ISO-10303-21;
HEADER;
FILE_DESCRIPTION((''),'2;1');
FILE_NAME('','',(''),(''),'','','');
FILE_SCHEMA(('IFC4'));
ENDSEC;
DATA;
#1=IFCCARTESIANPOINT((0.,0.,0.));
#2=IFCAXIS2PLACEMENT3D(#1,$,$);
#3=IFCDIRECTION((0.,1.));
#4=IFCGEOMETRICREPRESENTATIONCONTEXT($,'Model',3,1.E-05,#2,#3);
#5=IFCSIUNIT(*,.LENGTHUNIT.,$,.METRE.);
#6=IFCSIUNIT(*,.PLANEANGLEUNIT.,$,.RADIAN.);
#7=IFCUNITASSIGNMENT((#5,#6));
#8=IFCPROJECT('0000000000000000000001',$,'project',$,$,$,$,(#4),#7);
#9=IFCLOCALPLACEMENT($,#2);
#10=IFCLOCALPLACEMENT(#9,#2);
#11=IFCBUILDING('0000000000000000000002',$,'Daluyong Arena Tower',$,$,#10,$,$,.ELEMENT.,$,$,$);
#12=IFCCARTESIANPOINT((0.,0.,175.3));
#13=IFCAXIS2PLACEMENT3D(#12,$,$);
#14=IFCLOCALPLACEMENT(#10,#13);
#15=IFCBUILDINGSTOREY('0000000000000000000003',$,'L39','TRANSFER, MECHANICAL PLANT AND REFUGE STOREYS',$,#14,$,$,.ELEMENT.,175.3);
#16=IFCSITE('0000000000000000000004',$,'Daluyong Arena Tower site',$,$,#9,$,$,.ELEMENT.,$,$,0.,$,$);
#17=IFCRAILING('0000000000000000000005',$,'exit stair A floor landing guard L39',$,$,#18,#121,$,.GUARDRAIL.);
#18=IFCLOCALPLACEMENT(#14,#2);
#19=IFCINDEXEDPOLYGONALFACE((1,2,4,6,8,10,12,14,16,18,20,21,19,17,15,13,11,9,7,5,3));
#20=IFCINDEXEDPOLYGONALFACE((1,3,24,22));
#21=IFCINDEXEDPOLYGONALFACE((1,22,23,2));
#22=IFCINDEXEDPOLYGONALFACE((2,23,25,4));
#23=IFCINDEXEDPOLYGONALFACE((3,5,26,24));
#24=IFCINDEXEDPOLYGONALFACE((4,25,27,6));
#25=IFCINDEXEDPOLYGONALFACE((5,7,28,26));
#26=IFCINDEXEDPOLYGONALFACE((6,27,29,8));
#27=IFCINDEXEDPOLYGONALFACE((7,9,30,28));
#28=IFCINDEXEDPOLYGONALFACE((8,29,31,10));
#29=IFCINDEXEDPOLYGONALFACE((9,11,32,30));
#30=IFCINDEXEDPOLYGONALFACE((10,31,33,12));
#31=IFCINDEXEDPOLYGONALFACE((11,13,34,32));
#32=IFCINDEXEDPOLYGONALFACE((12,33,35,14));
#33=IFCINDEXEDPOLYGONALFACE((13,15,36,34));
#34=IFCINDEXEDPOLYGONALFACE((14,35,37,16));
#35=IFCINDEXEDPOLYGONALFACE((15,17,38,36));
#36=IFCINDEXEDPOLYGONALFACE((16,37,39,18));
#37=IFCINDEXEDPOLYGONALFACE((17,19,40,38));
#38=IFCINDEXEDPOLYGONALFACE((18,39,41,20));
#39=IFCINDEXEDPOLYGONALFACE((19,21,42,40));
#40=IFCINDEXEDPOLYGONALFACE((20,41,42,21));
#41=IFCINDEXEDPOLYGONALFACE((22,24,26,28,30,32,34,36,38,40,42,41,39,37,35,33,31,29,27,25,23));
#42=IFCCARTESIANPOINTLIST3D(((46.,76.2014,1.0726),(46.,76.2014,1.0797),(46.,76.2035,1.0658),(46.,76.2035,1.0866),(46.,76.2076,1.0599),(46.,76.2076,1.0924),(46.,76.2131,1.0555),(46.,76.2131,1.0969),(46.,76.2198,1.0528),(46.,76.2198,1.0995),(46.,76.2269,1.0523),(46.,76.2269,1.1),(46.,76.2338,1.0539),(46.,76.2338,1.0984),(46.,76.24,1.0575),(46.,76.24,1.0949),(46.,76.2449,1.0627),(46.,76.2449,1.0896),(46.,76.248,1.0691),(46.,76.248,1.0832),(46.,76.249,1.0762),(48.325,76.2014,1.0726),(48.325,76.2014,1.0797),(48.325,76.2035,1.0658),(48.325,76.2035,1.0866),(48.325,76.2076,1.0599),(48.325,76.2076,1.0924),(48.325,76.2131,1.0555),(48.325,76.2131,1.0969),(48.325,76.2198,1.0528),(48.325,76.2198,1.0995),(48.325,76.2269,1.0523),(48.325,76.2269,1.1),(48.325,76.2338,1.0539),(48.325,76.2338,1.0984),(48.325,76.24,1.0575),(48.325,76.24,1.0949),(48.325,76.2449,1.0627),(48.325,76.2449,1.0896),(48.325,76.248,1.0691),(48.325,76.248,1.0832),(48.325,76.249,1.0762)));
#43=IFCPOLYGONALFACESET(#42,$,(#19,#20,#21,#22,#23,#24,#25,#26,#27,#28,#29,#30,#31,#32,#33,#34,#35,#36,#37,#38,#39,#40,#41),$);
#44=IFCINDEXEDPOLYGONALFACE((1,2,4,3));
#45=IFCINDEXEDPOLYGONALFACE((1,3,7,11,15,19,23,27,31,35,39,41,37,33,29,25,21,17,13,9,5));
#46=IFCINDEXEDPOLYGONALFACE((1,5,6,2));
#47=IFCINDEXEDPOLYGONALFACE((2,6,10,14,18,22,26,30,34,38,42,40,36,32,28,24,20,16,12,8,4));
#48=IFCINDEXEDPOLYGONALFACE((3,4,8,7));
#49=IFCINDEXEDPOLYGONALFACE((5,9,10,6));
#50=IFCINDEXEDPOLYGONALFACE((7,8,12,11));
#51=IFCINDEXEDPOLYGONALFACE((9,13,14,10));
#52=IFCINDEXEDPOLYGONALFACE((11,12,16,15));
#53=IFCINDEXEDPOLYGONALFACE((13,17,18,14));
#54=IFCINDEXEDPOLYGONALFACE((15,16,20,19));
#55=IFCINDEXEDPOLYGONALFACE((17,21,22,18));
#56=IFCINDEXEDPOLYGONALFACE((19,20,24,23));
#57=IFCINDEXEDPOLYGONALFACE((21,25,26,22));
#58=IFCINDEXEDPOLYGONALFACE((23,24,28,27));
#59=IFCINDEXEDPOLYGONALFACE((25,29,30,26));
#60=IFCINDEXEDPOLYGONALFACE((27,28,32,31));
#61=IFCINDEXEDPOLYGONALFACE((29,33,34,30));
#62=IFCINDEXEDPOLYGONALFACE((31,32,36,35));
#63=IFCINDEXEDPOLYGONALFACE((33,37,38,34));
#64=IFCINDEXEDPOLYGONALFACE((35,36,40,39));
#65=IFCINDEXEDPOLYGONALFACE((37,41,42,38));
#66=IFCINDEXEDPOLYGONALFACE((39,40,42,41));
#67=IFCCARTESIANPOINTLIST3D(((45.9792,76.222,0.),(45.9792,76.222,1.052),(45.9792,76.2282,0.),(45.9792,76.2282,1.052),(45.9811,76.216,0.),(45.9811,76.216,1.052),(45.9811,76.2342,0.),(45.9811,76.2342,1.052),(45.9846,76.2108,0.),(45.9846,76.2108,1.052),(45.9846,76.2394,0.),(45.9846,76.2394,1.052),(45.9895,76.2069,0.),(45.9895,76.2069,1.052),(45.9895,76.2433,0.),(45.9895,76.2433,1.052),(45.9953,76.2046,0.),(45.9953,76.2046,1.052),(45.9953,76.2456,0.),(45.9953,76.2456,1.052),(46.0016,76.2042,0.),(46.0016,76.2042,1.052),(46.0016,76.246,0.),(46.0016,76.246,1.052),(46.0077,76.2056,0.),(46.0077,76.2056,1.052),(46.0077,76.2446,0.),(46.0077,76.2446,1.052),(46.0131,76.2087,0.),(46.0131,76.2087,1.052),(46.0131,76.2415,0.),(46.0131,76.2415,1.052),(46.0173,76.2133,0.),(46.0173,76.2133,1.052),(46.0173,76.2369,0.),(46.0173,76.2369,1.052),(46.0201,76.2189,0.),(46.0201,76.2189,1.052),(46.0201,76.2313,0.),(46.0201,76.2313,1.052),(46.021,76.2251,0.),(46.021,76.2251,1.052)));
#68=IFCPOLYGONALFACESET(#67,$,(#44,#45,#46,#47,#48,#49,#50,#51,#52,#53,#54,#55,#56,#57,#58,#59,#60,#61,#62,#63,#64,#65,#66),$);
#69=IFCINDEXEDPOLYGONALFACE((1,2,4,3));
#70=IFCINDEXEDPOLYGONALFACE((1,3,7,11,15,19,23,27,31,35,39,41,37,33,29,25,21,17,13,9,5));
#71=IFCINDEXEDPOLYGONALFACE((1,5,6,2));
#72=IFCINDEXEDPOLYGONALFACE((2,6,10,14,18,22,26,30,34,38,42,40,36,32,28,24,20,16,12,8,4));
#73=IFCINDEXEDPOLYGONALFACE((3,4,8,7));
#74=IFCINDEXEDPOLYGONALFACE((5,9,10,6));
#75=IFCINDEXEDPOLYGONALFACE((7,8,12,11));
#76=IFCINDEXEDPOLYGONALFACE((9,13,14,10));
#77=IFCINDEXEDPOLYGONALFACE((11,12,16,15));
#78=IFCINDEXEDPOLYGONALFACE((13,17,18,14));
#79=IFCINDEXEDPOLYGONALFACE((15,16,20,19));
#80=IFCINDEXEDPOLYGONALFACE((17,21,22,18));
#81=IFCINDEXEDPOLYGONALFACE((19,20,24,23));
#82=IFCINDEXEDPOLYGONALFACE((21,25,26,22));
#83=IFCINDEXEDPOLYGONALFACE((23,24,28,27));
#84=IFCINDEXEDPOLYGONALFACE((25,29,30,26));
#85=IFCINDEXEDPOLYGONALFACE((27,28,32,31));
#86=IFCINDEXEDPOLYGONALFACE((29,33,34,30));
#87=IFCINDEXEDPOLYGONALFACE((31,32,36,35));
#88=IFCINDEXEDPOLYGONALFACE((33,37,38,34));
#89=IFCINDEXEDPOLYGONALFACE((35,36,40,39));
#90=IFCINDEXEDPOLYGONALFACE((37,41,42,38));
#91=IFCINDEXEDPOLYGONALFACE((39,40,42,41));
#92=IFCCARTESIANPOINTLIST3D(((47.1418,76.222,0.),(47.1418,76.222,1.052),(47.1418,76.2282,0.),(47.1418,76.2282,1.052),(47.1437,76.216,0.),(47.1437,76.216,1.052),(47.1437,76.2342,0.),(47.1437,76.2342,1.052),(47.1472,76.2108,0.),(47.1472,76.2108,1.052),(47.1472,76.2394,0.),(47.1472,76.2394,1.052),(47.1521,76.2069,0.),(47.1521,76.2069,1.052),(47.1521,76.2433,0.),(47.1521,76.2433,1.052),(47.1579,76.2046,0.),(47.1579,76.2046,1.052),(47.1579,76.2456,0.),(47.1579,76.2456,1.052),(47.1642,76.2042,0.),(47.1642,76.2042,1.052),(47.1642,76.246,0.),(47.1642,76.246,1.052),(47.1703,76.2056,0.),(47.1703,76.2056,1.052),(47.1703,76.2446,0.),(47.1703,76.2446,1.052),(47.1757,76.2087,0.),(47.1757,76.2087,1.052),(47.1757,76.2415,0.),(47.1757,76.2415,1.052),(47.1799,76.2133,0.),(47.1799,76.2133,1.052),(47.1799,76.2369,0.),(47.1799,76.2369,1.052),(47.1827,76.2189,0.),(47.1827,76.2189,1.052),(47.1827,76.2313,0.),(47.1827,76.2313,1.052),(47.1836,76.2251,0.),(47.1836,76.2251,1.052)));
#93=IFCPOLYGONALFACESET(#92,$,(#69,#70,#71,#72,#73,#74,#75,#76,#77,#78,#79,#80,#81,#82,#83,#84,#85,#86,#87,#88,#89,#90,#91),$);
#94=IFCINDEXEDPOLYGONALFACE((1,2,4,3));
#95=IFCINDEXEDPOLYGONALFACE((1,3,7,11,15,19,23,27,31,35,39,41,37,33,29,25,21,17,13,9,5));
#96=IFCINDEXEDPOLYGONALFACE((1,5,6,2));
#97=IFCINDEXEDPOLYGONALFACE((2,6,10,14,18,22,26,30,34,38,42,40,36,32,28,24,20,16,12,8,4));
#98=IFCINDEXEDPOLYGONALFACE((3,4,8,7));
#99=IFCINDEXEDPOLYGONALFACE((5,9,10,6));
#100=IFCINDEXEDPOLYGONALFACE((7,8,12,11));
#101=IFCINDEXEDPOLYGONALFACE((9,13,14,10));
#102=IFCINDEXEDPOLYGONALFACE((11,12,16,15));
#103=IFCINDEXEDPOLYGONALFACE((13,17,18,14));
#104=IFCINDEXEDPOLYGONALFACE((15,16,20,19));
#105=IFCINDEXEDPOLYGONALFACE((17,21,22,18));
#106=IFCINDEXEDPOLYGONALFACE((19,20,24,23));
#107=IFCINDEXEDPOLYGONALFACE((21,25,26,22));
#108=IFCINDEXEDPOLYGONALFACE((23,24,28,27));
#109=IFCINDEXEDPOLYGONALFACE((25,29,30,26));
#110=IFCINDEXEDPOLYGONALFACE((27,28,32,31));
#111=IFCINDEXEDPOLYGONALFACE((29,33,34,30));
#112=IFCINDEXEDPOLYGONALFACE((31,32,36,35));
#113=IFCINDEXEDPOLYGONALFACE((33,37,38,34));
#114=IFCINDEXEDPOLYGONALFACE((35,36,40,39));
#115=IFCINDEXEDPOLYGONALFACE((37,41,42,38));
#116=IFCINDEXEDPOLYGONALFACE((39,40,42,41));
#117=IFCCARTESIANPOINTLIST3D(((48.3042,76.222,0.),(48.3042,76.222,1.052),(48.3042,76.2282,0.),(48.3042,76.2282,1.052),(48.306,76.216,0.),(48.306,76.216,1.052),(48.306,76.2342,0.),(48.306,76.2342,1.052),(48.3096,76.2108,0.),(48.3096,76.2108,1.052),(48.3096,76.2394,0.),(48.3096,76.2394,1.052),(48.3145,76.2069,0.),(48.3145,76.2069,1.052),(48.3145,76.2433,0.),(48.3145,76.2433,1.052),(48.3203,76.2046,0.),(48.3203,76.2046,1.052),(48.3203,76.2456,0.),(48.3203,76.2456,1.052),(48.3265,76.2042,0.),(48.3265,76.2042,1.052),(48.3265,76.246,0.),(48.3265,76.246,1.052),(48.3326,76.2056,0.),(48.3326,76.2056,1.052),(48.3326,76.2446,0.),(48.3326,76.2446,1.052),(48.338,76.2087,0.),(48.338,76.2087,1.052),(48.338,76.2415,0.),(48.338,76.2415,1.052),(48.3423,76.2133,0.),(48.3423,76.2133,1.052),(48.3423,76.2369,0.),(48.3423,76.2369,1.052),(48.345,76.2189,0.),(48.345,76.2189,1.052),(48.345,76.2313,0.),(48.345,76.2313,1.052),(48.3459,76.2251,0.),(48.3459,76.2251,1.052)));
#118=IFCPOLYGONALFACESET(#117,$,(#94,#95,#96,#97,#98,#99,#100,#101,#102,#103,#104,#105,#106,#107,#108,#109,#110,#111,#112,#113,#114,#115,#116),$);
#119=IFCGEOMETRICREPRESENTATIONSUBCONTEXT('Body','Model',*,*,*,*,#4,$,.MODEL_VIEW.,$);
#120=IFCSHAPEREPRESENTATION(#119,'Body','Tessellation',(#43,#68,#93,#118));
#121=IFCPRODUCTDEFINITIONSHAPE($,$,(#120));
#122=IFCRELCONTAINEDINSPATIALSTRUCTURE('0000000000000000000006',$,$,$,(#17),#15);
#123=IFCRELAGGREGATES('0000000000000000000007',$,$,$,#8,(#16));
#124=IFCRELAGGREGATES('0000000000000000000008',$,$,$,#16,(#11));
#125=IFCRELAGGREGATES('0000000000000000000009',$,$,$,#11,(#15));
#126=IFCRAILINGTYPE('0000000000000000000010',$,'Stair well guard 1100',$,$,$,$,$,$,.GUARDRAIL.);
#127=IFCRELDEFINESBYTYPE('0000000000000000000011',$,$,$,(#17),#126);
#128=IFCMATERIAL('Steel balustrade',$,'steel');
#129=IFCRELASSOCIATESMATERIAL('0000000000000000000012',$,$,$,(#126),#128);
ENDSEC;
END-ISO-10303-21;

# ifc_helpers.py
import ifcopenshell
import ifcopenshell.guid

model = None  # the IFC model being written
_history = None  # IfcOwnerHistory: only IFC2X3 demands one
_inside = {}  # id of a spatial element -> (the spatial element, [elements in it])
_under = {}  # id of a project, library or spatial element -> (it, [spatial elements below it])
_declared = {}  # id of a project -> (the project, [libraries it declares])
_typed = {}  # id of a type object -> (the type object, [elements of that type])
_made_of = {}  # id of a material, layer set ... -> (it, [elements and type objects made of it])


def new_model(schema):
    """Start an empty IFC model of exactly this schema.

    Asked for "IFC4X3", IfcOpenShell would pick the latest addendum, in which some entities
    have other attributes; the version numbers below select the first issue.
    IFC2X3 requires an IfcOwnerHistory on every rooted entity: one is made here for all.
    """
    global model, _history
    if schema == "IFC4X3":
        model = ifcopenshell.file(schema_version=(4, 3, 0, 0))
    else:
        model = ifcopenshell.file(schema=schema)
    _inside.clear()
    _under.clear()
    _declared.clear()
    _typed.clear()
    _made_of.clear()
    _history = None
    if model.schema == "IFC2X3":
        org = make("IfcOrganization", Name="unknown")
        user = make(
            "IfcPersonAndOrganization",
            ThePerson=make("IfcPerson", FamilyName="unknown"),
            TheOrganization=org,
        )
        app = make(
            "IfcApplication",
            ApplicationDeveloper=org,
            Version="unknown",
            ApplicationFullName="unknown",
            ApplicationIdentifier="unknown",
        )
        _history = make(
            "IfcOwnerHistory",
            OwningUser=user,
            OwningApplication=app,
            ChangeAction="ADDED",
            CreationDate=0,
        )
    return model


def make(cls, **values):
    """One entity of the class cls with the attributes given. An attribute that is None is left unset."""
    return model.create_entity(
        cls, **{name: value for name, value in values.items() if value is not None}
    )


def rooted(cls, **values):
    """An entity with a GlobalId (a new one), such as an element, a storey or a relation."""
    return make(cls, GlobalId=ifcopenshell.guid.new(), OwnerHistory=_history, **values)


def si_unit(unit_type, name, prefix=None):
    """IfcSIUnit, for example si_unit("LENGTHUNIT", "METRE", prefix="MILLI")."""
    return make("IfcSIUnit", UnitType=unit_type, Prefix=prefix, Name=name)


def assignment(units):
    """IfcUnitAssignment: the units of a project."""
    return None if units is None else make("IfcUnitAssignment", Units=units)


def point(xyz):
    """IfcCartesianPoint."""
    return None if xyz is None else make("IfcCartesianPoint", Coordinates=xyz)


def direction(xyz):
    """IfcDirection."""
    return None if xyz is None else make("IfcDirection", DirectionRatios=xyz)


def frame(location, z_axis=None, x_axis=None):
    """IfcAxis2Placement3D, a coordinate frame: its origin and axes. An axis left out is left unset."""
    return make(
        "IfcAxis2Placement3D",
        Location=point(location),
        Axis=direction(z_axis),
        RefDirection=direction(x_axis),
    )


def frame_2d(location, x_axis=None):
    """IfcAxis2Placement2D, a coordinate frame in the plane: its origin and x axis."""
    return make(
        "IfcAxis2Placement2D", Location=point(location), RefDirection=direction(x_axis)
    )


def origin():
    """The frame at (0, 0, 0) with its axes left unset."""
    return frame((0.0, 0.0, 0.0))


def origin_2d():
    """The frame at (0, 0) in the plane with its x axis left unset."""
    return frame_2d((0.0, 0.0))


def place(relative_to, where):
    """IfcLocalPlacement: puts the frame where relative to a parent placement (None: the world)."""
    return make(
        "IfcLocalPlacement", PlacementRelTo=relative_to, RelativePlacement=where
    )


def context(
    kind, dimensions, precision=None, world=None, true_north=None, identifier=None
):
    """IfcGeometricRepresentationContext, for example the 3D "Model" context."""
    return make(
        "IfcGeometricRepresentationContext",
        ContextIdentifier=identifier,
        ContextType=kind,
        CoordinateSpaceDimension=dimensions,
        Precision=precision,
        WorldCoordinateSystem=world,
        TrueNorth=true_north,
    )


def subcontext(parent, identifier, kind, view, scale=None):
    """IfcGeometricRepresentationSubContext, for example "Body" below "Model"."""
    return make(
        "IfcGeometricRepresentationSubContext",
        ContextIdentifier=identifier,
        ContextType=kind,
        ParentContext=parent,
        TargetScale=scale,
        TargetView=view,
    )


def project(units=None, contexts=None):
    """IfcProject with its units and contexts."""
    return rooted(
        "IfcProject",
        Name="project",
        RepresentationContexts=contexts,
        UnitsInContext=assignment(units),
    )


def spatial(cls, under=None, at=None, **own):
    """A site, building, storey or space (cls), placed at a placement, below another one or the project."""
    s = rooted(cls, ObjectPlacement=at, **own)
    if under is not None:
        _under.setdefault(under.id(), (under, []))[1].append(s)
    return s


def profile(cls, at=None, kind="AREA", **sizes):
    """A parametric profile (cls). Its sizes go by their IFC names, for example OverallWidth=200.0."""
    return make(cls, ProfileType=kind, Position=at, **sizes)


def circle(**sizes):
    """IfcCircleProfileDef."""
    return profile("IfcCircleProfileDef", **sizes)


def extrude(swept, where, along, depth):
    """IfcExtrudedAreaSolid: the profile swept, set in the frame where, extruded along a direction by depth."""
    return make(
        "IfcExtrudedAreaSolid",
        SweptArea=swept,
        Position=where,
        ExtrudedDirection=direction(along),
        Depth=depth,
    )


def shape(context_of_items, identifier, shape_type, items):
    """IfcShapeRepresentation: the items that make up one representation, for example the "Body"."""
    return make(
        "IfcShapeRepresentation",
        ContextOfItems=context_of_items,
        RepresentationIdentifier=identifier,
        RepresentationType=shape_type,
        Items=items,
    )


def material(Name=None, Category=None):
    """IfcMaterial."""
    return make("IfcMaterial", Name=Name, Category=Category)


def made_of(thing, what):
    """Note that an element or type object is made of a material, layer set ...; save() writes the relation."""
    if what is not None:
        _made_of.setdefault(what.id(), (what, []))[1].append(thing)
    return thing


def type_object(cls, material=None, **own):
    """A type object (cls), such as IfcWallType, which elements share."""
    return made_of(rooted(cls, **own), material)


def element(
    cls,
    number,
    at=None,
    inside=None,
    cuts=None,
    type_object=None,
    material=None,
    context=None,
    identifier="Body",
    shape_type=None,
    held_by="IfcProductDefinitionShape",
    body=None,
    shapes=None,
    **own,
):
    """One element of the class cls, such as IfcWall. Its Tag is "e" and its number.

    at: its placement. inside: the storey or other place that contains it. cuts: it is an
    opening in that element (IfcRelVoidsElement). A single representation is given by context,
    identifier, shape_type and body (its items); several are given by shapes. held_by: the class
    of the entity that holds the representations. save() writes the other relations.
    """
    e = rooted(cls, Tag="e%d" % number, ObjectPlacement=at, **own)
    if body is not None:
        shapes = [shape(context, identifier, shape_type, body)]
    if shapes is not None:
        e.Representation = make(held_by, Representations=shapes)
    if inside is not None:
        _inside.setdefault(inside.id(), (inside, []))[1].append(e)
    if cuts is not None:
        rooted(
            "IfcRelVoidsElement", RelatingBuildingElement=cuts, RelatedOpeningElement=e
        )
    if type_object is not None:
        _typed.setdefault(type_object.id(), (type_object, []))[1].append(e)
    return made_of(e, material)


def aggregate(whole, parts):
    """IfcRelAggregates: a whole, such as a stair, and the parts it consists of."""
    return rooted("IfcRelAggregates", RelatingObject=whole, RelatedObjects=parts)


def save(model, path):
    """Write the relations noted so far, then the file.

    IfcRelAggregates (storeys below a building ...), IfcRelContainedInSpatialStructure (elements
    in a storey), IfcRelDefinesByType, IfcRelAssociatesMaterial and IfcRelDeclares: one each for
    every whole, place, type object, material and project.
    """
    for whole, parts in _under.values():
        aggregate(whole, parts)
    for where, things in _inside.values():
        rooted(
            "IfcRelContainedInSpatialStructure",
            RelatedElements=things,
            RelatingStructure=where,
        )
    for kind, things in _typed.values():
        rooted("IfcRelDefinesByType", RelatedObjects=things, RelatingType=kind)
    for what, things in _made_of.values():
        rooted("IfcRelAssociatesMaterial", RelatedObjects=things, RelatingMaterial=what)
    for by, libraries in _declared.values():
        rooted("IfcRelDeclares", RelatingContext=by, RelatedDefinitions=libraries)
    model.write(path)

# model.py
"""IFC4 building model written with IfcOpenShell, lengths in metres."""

from ifc_helpers import new_model, si_unit, direction, frame, origin, origin_2d, place, context, subcontext, project, spatial, circle, extrude, material, type_object, element, save


model = new_model("IFC4")

# Units and contexts
model_context = context("Model", 3, precision=1e-05, world=origin(), true_north=direction((0.0, 1.0)))
body_context = subcontext(model_context, "Body", "Model", "MODEL_VIEW")
ifc_project = project(units=[si_unit("LENGTHUNIT", "METRE"), si_unit("PLANEANGLEUNIT", "RADIAN")], contexts=[model_context])

# Site, building, storey
site_placement = place(None, origin())
site = spatial("IfcSite", under=ifc_project, at=site_placement, Name="Daluyong Arena Tower site", CompositionType="ELEMENT", RefElevation=0.0)
building_placement = place(site_placement, origin())
building = spatial("IfcBuilding", under=site, at=building_placement, Name="Daluyong Arena Tower", CompositionType="ELEMENT")
storey_placement = place(building_placement, frame((0.0, 0.0, 175.3)))
storey = spatial("IfcBuildingStorey", under=building, at=storey_placement, Name="L39", Description="TRANSFER, MECHANICAL PLANT AND REFUGE STOREYS", CompositionType="ELEMENT", Elevation=175.3)

# Railing
ifc_material_1 = material(Name="Steel balustrade", Category="steel")
railing_type_1 = type_object("IfcRailingType", Name="Stair well guard 1100", PredefinedType="GUARDRAIL", material=ifc_material_1)
railing_1_placement = place(storey_placement, frame((46.0, 76.2251, 0.0)))
element("IfcRailing", 1, at=railing_1_placement, inside=storey, type_object=railing_type_1, Name="exit stair A floor landing guard L39", PredefinedType="GUARDRAIL", context=body_context, shape_type="SweptSolid", body=[
    extrude(circle(Radius=0.0239, at=origin_2d()), frame((0.0, 0.0, 1.0762), z_axis=(1.0, 0.0, 0.0), x_axis=(0.0, 1.0, 0.0)), (0.0, 0.0, 1.0), 2.325),
    extrude(circle(Radius=0.021, at=origin_2d()), origin(), (0.0, 0.0, 1.0), 1.052),
    extrude(circle(Radius=0.021, at=origin_2d()), frame((1.1626, 0.0, 0.0)), (0.0, 0.0, 1.0), 1.052),
    extrude(circle(Radius=0.021, at=origin_2d()), frame((2.325, 0.0, 0.0)), (0.0, 0.0, 1.0), 1.052),
])

save(model, "model.ifc")
